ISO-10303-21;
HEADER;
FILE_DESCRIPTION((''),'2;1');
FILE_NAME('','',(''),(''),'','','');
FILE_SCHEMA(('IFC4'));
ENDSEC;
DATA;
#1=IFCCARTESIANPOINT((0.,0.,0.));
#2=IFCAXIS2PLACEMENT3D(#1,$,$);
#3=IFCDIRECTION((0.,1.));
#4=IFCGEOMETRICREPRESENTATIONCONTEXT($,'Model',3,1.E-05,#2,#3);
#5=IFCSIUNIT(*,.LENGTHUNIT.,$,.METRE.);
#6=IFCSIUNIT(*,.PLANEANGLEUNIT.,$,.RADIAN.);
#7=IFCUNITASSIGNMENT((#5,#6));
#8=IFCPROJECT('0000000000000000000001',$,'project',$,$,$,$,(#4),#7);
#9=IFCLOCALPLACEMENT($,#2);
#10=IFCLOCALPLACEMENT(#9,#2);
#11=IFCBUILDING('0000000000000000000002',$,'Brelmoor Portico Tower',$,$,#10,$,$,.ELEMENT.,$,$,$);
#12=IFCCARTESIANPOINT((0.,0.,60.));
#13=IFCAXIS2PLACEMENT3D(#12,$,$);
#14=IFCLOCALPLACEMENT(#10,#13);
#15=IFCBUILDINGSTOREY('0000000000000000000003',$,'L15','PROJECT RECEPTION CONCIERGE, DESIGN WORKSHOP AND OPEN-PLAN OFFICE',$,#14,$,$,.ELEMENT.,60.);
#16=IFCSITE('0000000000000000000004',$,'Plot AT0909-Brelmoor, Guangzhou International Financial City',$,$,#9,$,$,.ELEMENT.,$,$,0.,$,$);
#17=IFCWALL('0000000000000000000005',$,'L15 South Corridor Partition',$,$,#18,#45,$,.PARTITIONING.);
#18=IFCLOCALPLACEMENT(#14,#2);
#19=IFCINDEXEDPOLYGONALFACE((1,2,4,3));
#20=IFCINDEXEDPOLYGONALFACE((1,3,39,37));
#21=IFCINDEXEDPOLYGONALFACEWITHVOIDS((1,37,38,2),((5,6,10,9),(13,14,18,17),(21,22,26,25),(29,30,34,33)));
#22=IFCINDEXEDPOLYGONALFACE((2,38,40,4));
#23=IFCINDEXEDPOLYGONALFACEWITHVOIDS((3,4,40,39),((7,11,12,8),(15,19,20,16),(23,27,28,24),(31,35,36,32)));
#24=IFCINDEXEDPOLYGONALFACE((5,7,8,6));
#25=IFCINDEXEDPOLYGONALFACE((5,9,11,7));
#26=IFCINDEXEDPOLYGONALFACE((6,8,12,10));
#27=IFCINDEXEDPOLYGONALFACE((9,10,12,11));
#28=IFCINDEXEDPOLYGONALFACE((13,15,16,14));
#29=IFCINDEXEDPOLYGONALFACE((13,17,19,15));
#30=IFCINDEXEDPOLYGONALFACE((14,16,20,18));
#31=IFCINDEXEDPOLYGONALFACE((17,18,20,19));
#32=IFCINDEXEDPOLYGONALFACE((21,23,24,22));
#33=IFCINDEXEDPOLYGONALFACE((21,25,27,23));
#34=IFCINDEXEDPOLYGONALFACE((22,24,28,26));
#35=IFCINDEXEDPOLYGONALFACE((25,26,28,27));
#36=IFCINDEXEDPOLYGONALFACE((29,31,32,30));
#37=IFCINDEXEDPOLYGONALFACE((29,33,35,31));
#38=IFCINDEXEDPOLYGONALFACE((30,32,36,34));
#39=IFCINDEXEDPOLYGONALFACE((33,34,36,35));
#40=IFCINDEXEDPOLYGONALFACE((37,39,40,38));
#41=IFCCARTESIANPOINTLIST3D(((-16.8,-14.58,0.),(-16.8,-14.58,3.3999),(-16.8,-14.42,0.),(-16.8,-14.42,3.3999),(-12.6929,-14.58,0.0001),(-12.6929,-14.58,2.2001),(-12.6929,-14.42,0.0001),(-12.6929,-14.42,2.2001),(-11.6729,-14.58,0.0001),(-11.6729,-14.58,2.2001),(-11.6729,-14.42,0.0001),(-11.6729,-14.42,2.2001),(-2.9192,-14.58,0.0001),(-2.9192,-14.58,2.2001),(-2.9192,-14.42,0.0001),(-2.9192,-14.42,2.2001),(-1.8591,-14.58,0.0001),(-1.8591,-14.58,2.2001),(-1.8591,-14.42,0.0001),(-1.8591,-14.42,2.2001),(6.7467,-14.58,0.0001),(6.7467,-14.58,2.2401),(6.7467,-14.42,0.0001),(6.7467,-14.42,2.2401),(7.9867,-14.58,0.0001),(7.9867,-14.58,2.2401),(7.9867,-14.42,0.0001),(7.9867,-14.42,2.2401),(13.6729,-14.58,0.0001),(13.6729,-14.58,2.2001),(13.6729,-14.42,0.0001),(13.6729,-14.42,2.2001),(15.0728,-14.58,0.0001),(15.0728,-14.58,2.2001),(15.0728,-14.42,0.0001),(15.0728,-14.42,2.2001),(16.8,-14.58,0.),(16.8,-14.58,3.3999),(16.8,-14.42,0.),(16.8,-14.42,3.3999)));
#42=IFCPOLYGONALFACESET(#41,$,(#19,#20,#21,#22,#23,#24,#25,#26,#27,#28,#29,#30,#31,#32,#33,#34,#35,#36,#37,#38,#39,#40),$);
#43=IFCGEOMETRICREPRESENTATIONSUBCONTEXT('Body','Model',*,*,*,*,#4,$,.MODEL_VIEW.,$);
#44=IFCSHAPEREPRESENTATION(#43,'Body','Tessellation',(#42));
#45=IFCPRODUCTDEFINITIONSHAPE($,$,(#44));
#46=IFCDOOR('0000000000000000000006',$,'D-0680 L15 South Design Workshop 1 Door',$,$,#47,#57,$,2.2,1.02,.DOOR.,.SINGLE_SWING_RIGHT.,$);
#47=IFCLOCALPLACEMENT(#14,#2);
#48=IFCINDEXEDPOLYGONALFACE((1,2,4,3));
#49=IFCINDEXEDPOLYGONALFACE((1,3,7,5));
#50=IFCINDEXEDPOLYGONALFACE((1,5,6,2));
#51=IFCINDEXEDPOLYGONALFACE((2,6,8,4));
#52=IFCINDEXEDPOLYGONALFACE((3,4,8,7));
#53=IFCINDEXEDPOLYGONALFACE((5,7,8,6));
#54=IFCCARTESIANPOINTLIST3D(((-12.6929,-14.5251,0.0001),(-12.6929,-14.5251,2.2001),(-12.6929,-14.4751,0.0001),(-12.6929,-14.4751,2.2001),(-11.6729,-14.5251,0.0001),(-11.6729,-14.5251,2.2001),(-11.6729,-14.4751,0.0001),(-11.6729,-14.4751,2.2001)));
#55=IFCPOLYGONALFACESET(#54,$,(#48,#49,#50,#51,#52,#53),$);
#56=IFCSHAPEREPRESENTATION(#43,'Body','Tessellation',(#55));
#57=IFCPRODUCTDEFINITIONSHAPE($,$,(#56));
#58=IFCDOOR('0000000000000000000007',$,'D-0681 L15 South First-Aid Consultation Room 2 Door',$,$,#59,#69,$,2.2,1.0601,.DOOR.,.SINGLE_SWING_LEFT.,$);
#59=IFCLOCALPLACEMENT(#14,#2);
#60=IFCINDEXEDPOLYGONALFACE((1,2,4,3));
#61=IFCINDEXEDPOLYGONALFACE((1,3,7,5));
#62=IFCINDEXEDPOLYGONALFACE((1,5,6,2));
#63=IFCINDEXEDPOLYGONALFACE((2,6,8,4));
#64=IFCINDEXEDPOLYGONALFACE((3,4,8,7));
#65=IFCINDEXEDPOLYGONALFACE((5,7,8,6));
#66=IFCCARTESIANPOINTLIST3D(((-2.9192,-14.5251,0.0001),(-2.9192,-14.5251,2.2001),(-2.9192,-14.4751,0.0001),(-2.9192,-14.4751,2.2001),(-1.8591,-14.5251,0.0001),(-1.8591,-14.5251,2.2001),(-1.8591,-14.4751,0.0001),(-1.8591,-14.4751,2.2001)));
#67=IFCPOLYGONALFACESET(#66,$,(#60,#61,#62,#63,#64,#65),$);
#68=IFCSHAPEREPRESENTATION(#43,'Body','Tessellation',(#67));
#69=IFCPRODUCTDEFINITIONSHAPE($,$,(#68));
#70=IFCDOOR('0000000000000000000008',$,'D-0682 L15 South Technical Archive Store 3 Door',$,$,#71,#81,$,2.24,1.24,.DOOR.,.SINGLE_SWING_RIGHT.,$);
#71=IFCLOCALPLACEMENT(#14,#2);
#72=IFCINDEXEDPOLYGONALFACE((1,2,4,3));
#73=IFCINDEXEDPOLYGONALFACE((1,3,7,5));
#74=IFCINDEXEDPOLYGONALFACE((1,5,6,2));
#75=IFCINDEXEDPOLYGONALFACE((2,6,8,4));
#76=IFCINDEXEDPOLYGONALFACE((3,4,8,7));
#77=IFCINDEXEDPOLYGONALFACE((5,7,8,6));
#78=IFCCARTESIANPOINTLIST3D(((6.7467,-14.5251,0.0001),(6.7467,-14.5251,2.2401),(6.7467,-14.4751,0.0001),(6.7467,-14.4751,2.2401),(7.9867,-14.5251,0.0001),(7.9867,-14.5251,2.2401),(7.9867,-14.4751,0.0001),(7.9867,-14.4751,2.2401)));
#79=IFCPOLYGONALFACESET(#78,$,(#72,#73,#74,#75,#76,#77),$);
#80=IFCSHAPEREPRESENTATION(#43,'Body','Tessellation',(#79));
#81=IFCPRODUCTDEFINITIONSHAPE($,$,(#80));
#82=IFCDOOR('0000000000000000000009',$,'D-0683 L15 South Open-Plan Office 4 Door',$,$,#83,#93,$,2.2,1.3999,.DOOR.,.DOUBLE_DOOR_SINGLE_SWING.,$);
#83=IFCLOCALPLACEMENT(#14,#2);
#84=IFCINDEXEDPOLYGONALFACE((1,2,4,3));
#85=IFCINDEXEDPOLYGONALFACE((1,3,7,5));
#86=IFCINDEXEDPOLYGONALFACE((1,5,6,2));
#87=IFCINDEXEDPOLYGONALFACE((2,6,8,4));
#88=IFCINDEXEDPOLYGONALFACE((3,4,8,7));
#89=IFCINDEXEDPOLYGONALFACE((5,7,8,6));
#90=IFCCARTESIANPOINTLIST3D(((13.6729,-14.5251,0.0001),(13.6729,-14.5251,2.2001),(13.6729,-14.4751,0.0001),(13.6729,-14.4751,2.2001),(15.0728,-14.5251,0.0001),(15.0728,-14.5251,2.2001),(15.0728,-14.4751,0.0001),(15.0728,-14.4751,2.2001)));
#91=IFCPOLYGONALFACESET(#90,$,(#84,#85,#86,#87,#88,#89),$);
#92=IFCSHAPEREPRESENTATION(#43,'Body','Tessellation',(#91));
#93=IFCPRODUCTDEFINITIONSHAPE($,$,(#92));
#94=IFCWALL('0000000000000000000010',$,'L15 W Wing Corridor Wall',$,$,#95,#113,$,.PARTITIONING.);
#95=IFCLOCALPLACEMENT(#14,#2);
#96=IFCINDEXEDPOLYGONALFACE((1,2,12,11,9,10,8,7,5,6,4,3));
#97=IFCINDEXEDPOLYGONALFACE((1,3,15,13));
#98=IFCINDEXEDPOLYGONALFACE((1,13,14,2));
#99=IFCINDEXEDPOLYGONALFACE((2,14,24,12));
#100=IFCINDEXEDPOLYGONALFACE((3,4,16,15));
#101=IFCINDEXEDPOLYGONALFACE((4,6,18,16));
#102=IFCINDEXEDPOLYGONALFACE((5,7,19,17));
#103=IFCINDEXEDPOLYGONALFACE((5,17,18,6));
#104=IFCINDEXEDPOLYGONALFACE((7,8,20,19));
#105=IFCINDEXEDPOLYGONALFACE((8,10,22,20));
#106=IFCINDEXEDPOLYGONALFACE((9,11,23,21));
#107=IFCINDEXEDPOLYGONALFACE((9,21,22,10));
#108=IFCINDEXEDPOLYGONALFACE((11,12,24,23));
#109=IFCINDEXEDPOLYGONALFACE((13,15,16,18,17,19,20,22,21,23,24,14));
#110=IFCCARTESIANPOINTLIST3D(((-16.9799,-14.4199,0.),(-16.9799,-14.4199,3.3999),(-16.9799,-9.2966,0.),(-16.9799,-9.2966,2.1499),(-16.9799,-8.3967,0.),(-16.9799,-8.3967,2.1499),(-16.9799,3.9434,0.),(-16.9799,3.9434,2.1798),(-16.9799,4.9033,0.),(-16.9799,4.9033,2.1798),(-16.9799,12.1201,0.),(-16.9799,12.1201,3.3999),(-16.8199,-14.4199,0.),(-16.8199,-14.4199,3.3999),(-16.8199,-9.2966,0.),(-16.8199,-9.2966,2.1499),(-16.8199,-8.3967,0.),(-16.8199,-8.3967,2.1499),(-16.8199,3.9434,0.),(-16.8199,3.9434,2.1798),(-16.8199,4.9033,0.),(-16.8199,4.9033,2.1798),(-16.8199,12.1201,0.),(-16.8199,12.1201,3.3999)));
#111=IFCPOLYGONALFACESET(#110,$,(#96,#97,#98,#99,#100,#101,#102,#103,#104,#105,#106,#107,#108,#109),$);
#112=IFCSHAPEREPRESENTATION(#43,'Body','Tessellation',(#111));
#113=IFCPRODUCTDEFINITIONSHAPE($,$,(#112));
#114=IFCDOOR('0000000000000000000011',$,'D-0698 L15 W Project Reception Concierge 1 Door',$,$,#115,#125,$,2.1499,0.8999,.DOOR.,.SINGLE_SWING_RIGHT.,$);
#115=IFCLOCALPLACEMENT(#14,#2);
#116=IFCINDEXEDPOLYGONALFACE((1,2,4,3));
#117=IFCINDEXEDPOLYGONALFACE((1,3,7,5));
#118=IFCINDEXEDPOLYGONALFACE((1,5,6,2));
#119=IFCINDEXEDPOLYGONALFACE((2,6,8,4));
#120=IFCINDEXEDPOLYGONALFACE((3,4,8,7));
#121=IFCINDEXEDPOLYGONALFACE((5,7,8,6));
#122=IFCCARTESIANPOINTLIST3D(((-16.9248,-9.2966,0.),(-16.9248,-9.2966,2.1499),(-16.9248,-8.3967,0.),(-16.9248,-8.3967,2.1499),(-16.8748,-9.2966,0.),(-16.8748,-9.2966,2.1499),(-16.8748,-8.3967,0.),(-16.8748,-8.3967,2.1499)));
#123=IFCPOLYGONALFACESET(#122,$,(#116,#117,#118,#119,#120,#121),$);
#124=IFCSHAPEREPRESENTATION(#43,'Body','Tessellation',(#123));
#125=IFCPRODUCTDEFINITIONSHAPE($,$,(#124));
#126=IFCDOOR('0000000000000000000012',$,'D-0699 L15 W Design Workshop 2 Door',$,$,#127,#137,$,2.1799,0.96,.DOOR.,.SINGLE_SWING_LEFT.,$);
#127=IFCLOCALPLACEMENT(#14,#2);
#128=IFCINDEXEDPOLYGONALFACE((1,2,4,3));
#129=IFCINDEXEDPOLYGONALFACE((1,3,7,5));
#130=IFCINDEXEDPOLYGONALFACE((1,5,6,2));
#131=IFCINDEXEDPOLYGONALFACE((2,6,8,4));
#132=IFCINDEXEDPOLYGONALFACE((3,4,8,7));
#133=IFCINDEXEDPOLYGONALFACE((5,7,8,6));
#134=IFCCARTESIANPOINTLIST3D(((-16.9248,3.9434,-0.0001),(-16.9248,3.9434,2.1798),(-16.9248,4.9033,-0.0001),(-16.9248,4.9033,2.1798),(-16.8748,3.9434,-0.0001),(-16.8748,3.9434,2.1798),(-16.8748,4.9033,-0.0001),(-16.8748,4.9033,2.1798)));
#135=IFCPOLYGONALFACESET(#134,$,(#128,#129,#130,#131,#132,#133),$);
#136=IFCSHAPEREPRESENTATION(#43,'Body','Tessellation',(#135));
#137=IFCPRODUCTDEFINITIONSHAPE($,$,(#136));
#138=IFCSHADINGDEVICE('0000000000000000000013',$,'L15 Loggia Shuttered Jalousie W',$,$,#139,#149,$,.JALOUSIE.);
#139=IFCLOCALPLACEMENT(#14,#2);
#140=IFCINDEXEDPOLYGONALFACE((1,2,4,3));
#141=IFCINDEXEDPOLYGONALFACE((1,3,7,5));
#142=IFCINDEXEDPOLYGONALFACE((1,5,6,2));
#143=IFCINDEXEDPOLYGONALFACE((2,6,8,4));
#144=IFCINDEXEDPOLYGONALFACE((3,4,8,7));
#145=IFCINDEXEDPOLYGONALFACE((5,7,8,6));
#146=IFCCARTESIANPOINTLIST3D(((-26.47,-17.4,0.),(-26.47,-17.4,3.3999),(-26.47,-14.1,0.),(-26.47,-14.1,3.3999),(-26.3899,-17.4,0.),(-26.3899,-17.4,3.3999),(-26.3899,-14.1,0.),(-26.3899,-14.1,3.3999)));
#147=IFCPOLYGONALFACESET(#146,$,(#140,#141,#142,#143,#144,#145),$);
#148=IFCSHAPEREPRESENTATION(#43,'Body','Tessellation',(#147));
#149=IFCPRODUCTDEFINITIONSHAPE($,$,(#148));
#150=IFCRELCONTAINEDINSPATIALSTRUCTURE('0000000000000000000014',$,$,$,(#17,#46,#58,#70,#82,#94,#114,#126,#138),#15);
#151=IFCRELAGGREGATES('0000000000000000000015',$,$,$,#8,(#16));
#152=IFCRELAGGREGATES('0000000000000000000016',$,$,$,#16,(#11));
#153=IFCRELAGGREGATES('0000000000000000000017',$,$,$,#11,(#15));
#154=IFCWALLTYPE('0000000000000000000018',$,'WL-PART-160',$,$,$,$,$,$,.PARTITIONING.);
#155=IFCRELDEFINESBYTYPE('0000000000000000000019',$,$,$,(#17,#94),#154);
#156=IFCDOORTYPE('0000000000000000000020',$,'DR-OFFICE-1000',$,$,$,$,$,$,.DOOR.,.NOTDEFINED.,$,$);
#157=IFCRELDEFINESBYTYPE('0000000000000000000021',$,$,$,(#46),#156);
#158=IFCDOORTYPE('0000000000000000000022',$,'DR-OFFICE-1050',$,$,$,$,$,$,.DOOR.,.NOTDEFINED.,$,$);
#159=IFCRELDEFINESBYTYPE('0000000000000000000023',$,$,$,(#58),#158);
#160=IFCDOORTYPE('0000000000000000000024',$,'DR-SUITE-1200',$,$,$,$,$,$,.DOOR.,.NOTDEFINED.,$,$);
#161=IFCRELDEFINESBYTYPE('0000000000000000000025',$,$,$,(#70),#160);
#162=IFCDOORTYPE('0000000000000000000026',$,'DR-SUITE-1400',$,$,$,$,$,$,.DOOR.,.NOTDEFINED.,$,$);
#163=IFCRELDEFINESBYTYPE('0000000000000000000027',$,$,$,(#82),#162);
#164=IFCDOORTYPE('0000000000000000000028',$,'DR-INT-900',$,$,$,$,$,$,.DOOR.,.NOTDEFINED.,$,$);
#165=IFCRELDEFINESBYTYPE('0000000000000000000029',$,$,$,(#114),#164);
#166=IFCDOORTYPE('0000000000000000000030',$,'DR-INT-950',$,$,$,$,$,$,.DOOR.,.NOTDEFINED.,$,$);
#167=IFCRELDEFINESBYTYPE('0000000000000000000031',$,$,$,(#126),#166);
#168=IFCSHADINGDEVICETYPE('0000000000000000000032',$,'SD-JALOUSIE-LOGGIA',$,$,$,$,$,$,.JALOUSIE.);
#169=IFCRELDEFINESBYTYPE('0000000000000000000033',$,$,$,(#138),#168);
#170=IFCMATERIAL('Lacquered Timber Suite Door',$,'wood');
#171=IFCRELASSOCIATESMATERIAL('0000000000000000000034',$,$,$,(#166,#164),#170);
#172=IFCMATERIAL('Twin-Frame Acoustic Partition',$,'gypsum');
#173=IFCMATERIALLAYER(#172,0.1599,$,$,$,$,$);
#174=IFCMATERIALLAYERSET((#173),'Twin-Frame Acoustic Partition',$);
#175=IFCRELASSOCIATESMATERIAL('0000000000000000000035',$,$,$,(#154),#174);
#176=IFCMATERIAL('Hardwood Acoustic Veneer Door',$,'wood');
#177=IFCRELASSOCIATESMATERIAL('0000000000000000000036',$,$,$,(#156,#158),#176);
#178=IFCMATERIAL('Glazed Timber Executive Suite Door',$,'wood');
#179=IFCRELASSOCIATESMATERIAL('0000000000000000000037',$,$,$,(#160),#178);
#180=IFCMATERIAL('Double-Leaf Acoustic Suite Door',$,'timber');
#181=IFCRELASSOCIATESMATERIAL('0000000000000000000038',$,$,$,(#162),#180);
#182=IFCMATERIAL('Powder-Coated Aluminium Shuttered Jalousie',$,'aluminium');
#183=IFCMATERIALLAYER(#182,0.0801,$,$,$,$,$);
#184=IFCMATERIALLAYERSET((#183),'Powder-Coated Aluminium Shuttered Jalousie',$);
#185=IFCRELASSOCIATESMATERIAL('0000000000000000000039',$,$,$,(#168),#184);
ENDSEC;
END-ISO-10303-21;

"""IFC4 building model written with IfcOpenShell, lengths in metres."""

from ifc_helpers import new_model, si_unit, direction, frame, frame_2d, origin, origin_2d, place, context, subcontext, project, spatial, rectangle, extrude, material, layer, layer_set, type_object, element, fill, save


model = new_model("IFC4")

# Units and contexts
model_context = context("Model", 3, precision=1e-05, world=origin(), true_north=direction((0.0, 1.0)))
body_context = subcontext(model_context, "Body", "Model", "MODEL_VIEW")
ifc_project = project(units=[si_unit("LENGTHUNIT", "METRE"), si_unit("PLANEANGLEUNIT", "RADIAN")], contexts=[model_context])

# Site, building, storey
site_placement = place(None, origin())
site = spatial("IfcSite", under=ifc_project, at=site_placement, Name="Plot AT0909-Brelmoor, Guangzhou International Financial City", CompositionType="ELEMENT", RefElevation=0.0)
building_placement = place(site_placement, origin())
building = spatial("IfcBuilding", under=site, at=building_placement, Name="Brelmoor Portico Tower", CompositionType="ELEMENT")
storey_placement = place(building_placement, frame((0.0, 0.0, 60.0)))
storey = spatial("IfcBuildingStorey", under=building, at=storey_placement, Name="L15", Description="PROJECT RECEPTION CONCIERGE, DESIGN WORKSHOP AND OPEN-PLAN OFFICE", CompositionType="ELEMENT", Elevation=60.0)

# Shared definitions
ifc_material_1 = material(Name="Lacquered Timber Suite Door", Category="wood")
door_type_1 = type_object("IfcDoorType", Name="DR-INT-950", OperationType="NOTDEFINED", PredefinedType="DOOR", material=ifc_material_1)

# Walls, openings, doors
ifc_material_2 = material(Name="Twin-Frame Acoustic Partition", Category="gypsum")
ifc_layer_1 = layer(ifc_material_2, 0.1599)
ifc_layer_set_1 = layer_set([ifc_layer_1], Name="Twin-Frame Acoustic Partition")
wall_type_1 = type_object("IfcWallType", Name="WL-PART-160", PredefinedType="PARTITIONING", material=ifc_layer_set_1)
wall_1_placement = place(storey_placement, frame((-16.8, -14.5, 0.0), z_axis=(0.0, 0.0, 1.0), x_axis=(1.0, 0.0, 0.0)))
wall_1 = element("IfcWall", 1, at=wall_1_placement, inside=storey, type_object=wall_type_1, Name="L15 South Corridor Partition", PredefinedType="PARTITIONING", context=body_context, shape_type="SweptSolid", body=[
    extrude(rectangle(XDim=33.6001, YDim=0.1599, at=frame_2d((16.8, 0.0))), origin(), (0.0, 0.0, 1.0), 3.3999),
])
opening_1_placement = place(wall_1_placement, frame((4.1072, 0.0, 0.0)))
opening_1 = element("IfcOpeningElement", 2, at=opening_1_placement, cuts=wall_1, PredefinedType="OPENING", context=body_context, shape_type="SweptSolid", body=[
    extrude(rectangle(XDim=1.02, YDim=2.2, at=frame_2d((0.51, 1.1001))), frame((0.0, 0.0898, 0.0), z_axis=(0.0, -1.0, 0.0), x_axis=(1.0, 0.0, 0.0)), (0.0, 0.0, 1.0), 0.1799),
])
opening_2_placement = place(wall_1_placement, frame((13.8809, 0.0, 0.0)))
opening_2 = element("IfcOpeningElement", 3, at=opening_2_placement, cuts=wall_1, PredefinedType="OPENING", context=body_context, shape_type="SweptSolid", body=[
    extrude(rectangle(XDim=1.0601, YDim=2.2, at=frame_2d((0.53, 1.1001))), frame((0.0, 0.0898, 0.0), z_axis=(0.0, -1.0, 0.0), x_axis=(1.0, 0.0, 0.0)), (0.0, 0.0, 1.0), 0.1799),
])
opening_3_placement = place(wall_1_placement, frame((23.5466, 0.0, 0.0)))
opening_3 = element("IfcOpeningElement", 4, at=opening_3_placement, cuts=wall_1, PredefinedType="OPENING", context=body_context, shape_type="SweptSolid", body=[
    extrude(rectangle(XDim=1.24, YDim=2.24, at=frame_2d((0.6201, 1.1201))), frame((0.0, 0.0898, 0.0), z_axis=(0.0, -1.0, 0.0), x_axis=(1.0, 0.0, 0.0)), (0.0, 0.0, 1.0), 0.1799),
])
opening_4_placement = place(wall_1_placement, frame((30.4729, 0.0, 0.0)))
opening_4 = element("IfcOpeningElement", 5, at=opening_4_placement, cuts=wall_1, PredefinedType="OPENING", context=body_context, shape_type="SweptSolid", body=[
    extrude(rectangle(XDim=1.3999, YDim=2.2, at=frame_2d((0.7, 1.1001))), frame((0.0, 0.0898, 0.0), z_axis=(0.0, -1.0, 0.0), x_axis=(1.0, 0.0, 0.0)), (0.0, 0.0, 1.0), 0.1799),
])
ifc_material_3 = material(Name="Hardwood Acoustic Veneer Door", Category="wood")
door_type_2 = type_object("IfcDoorType", Name="DR-OFFICE-1000", OperationType="NOTDEFINED", PredefinedType="DOOR", material=ifc_material_3)
door_1_placement = place(opening_1_placement, origin())
door_1 = element("IfcDoor", 6, at=door_1_placement, inside=storey, type_object=door_type_2, Name="D-0680 L15 South Design Workshop 1 Door", OperationType="SINGLE_SWING_RIGHT", OverallHeight=2.2, OverallWidth=1.02, PredefinedType="DOOR", context=body_context, shape_type="SweptSolid", body=[
    extrude(rectangle(XDim=1.02, YDim=2.2, at=frame_2d((0.51, 1.1001))), frame((0.0, 0.0249, 0.0), z_axis=(0.0, -1.0, 0.0), x_axis=(1.0, 0.0, 0.0)), (0.0, 0.0, 1.0), 0.05),
])
fill(opening_1, door_1)
door_type_3 = type_object("IfcDoorType", Name="DR-OFFICE-1050", OperationType="NOTDEFINED", PredefinedType="DOOR", material=ifc_material_3)
door_2_placement = place(opening_2_placement, origin())
door_2 = element("IfcDoor", 7, at=door_2_placement, inside=storey, type_object=door_type_3, Name="D-0681 L15 South First-Aid Consultation Room 2 Door", OperationType="SINGLE_SWING_LEFT", OverallHeight=2.2, OverallWidth=1.0601, PredefinedType="DOOR", context=body_context, shape_type="SweptSolid", body=[
    extrude(rectangle(XDim=1.0601, YDim=2.2, at=frame_2d((0.53, 1.1001))), frame((0.0, 0.0249, 0.0), z_axis=(0.0, -1.0, 0.0), x_axis=(1.0, 0.0, 0.0)), (0.0, 0.0, 1.0), 0.05),
])
fill(opening_2, door_2)
ifc_material_4 = material(Name="Glazed Timber Executive Suite Door", Category="wood")
door_type_4 = type_object("IfcDoorType", Name="DR-SUITE-1200", OperationType="NOTDEFINED", PredefinedType="DOOR", material=ifc_material_4)
door_3_placement = place(opening_3_placement, origin())
door_3 = element("IfcDoor", 8, at=door_3_placement, inside=storey, type_object=door_type_4, Name="D-0682 L15 South Technical Archive Store 3 Door", OperationType="SINGLE_SWING_RIGHT", OverallHeight=2.24, OverallWidth=1.24, PredefinedType="DOOR", context=body_context, shape_type="SweptSolid", body=[
    extrude(rectangle(XDim=1.24, YDim=2.24, at=frame_2d((0.6201, 1.1201))), frame((0.0, 0.0249, 0.0), z_axis=(0.0, -1.0, 0.0), x_axis=(1.0, 0.0, 0.0)), (0.0, 0.0, 1.0), 0.05),
])
fill(opening_3, door_3)
ifc_material_5 = material(Name="Double-Leaf Acoustic Suite Door", Category="timber")
door_type_5 = type_object("IfcDoorType", Name="DR-SUITE-1400", OperationType="NOTDEFINED", PredefinedType="DOOR", material=ifc_material_5)
door_4_placement = place(opening_4_placement, origin())
door_4 = element("IfcDoor", 9, at=door_4_placement, inside=storey, type_object=door_type_5, Name="D-0683 L15 South Open-Plan Office 4 Door", OperationType="DOUBLE_DOOR_SINGLE_SWING", OverallHeight=2.2, OverallWidth=1.3999, PredefinedType="DOOR", context=body_context, shape_type="SweptSolid", body=[
    extrude(rectangle(XDim=1.3999, YDim=2.2, at=frame_2d((0.7, 1.1001))), frame((0.0, 0.0249, 0.0), z_axis=(0.0, -1.0, 0.0), x_axis=(1.0, 0.0, 0.0)), (0.0, 0.0, 1.0), 0.05),
])
fill(opening_4, door_4)
wall_2_placement = place(storey_placement, frame((-16.8999, -14.4199, 0.0), z_axis=(0.0, 0.0, 1.0), x_axis=(0.0, 1.0, 0.0)))
wall_2 = element("IfcWall", 10, at=wall_2_placement, inside=storey, type_object=wall_type_1, Name="L15 W Wing Corridor Wall", PredefinedType="PARTITIONING", context=body_context, shape_type="SweptSolid", body=[
    extrude(rectangle(XDim=26.54, YDim=0.1599, at=frame_2d((13.27, 0.0))), origin(), (0.0, 0.0, 1.0), 3.3999),
])
opening_5_placement = place(wall_2_placement, frame((5.1233, 0.0, 0.0)))
opening_5 = element("IfcOpeningElement", 11, at=opening_5_placement, cuts=wall_2, PredefinedType="OPENING", context=body_context, shape_type="SweptSolid", body=[
    extrude(rectangle(XDim=0.8999, YDim=2.1499, at=frame_2d((0.45, 1.075))), frame((0.0, 0.0898, 0.0), z_axis=(0.0, -1.0, 0.0), x_axis=(1.0, 0.0, 0.0)), (0.0, 0.0, 1.0), 0.1799),
])
opening_6_placement = place(wall_2_placement, frame((18.3633, 0.0, 0.0)))
opening_6 = element("IfcOpeningElement", 12, at=opening_6_placement, cuts=wall_2, PredefinedType="OPENING", context=body_context, shape_type="SweptSolid", body=[
    extrude(rectangle(XDim=0.96, YDim=2.1799, at=frame_2d((0.48, 1.0898))), frame((0.0, 0.0898, 0.0), z_axis=(0.0, -1.0, 0.0), x_axis=(1.0, 0.0, 0.0)), (0.0, 0.0, 1.0), 0.1799),
])
door_type_6 = type_object("IfcDoorType", Name="DR-INT-900", OperationType="NOTDEFINED", PredefinedType="DOOR", material=ifc_material_1)
door_5_placement = place(opening_5_placement, origin())
door_5 = element("IfcDoor", 13, at=door_5_placement, inside=storey, type_object=door_type_6, Name="D-0698 L15 W Project Reception Concierge 1 Door", OperationType="SINGLE_SWING_RIGHT", OverallHeight=2.1499, OverallWidth=0.8999, PredefinedType="DOOR", context=body_context, shape_type="SweptSolid", body=[
    extrude(rectangle(XDim=0.8999, YDim=2.1499, at=frame_2d((0.45, 1.075))), frame((0.0, 0.0249, 0.0), z_axis=(0.0, -1.0, 0.0), x_axis=(1.0, 0.0, 0.0)), (0.0, 0.0, 1.0), 0.05),
])
fill(opening_5, door_5)
door_6_placement = place(opening_6_placement, origin())
door_6 = element("IfcDoor", 14, at=door_6_placement, inside=storey, type_object=door_type_1, Name="D-0699 L15 W Design Workshop 2 Door", OperationType="SINGLE_SWING_LEFT", OverallHeight=2.1799, OverallWidth=0.96, PredefinedType="DOOR", context=body_context, shape_type="SweptSolid", body=[
    extrude(rectangle(XDim=0.96, YDim=2.1799, at=frame_2d((0.48, 1.0898))), frame((0.0, 0.0249, 0.0), z_axis=(0.0, -1.0, 0.0), x_axis=(1.0, 0.0, 0.0)), (0.0, 0.0, 1.0), 0.05),
])
fill(opening_6, door_6)

# Shading device
ifc_material_6 = material(Name="Powder-Coated Aluminium Shuttered Jalousie", Category="aluminium")
ifc_layer_2 = layer(ifc_material_6, 0.0801)
ifc_layer_set_2 = layer_set([ifc_layer_2], Name="Powder-Coated Aluminium Shuttered Jalousie")
shading_device_type = type_object("IfcShadingDeviceType", Name="SD-JALOUSIE-LOGGIA", PredefinedType="JALOUSIE", material=ifc_layer_set_2)
shading_device_placement = place(storey_placement, frame((-26.4299, -15.75, 0.0), z_axis=(0.0, 0.0, 1.0), x_axis=(0.0, 1.0, 0.0)))
element("IfcShadingDevice", 15, at=shading_device_placement, inside=storey, type_object=shading_device_type, Name="L15 Loggia Shuttered Jalousie W", PredefinedType="JALOUSIE", context=body_context, shape_type="SweptSolid", body=[
    extrude(rectangle(XDim=3.3, YDim=0.0801, at=origin_2d()), origin(), (0.0, 0.0, 1.0), 3.3999),
])

save(model, "model.ifc")
